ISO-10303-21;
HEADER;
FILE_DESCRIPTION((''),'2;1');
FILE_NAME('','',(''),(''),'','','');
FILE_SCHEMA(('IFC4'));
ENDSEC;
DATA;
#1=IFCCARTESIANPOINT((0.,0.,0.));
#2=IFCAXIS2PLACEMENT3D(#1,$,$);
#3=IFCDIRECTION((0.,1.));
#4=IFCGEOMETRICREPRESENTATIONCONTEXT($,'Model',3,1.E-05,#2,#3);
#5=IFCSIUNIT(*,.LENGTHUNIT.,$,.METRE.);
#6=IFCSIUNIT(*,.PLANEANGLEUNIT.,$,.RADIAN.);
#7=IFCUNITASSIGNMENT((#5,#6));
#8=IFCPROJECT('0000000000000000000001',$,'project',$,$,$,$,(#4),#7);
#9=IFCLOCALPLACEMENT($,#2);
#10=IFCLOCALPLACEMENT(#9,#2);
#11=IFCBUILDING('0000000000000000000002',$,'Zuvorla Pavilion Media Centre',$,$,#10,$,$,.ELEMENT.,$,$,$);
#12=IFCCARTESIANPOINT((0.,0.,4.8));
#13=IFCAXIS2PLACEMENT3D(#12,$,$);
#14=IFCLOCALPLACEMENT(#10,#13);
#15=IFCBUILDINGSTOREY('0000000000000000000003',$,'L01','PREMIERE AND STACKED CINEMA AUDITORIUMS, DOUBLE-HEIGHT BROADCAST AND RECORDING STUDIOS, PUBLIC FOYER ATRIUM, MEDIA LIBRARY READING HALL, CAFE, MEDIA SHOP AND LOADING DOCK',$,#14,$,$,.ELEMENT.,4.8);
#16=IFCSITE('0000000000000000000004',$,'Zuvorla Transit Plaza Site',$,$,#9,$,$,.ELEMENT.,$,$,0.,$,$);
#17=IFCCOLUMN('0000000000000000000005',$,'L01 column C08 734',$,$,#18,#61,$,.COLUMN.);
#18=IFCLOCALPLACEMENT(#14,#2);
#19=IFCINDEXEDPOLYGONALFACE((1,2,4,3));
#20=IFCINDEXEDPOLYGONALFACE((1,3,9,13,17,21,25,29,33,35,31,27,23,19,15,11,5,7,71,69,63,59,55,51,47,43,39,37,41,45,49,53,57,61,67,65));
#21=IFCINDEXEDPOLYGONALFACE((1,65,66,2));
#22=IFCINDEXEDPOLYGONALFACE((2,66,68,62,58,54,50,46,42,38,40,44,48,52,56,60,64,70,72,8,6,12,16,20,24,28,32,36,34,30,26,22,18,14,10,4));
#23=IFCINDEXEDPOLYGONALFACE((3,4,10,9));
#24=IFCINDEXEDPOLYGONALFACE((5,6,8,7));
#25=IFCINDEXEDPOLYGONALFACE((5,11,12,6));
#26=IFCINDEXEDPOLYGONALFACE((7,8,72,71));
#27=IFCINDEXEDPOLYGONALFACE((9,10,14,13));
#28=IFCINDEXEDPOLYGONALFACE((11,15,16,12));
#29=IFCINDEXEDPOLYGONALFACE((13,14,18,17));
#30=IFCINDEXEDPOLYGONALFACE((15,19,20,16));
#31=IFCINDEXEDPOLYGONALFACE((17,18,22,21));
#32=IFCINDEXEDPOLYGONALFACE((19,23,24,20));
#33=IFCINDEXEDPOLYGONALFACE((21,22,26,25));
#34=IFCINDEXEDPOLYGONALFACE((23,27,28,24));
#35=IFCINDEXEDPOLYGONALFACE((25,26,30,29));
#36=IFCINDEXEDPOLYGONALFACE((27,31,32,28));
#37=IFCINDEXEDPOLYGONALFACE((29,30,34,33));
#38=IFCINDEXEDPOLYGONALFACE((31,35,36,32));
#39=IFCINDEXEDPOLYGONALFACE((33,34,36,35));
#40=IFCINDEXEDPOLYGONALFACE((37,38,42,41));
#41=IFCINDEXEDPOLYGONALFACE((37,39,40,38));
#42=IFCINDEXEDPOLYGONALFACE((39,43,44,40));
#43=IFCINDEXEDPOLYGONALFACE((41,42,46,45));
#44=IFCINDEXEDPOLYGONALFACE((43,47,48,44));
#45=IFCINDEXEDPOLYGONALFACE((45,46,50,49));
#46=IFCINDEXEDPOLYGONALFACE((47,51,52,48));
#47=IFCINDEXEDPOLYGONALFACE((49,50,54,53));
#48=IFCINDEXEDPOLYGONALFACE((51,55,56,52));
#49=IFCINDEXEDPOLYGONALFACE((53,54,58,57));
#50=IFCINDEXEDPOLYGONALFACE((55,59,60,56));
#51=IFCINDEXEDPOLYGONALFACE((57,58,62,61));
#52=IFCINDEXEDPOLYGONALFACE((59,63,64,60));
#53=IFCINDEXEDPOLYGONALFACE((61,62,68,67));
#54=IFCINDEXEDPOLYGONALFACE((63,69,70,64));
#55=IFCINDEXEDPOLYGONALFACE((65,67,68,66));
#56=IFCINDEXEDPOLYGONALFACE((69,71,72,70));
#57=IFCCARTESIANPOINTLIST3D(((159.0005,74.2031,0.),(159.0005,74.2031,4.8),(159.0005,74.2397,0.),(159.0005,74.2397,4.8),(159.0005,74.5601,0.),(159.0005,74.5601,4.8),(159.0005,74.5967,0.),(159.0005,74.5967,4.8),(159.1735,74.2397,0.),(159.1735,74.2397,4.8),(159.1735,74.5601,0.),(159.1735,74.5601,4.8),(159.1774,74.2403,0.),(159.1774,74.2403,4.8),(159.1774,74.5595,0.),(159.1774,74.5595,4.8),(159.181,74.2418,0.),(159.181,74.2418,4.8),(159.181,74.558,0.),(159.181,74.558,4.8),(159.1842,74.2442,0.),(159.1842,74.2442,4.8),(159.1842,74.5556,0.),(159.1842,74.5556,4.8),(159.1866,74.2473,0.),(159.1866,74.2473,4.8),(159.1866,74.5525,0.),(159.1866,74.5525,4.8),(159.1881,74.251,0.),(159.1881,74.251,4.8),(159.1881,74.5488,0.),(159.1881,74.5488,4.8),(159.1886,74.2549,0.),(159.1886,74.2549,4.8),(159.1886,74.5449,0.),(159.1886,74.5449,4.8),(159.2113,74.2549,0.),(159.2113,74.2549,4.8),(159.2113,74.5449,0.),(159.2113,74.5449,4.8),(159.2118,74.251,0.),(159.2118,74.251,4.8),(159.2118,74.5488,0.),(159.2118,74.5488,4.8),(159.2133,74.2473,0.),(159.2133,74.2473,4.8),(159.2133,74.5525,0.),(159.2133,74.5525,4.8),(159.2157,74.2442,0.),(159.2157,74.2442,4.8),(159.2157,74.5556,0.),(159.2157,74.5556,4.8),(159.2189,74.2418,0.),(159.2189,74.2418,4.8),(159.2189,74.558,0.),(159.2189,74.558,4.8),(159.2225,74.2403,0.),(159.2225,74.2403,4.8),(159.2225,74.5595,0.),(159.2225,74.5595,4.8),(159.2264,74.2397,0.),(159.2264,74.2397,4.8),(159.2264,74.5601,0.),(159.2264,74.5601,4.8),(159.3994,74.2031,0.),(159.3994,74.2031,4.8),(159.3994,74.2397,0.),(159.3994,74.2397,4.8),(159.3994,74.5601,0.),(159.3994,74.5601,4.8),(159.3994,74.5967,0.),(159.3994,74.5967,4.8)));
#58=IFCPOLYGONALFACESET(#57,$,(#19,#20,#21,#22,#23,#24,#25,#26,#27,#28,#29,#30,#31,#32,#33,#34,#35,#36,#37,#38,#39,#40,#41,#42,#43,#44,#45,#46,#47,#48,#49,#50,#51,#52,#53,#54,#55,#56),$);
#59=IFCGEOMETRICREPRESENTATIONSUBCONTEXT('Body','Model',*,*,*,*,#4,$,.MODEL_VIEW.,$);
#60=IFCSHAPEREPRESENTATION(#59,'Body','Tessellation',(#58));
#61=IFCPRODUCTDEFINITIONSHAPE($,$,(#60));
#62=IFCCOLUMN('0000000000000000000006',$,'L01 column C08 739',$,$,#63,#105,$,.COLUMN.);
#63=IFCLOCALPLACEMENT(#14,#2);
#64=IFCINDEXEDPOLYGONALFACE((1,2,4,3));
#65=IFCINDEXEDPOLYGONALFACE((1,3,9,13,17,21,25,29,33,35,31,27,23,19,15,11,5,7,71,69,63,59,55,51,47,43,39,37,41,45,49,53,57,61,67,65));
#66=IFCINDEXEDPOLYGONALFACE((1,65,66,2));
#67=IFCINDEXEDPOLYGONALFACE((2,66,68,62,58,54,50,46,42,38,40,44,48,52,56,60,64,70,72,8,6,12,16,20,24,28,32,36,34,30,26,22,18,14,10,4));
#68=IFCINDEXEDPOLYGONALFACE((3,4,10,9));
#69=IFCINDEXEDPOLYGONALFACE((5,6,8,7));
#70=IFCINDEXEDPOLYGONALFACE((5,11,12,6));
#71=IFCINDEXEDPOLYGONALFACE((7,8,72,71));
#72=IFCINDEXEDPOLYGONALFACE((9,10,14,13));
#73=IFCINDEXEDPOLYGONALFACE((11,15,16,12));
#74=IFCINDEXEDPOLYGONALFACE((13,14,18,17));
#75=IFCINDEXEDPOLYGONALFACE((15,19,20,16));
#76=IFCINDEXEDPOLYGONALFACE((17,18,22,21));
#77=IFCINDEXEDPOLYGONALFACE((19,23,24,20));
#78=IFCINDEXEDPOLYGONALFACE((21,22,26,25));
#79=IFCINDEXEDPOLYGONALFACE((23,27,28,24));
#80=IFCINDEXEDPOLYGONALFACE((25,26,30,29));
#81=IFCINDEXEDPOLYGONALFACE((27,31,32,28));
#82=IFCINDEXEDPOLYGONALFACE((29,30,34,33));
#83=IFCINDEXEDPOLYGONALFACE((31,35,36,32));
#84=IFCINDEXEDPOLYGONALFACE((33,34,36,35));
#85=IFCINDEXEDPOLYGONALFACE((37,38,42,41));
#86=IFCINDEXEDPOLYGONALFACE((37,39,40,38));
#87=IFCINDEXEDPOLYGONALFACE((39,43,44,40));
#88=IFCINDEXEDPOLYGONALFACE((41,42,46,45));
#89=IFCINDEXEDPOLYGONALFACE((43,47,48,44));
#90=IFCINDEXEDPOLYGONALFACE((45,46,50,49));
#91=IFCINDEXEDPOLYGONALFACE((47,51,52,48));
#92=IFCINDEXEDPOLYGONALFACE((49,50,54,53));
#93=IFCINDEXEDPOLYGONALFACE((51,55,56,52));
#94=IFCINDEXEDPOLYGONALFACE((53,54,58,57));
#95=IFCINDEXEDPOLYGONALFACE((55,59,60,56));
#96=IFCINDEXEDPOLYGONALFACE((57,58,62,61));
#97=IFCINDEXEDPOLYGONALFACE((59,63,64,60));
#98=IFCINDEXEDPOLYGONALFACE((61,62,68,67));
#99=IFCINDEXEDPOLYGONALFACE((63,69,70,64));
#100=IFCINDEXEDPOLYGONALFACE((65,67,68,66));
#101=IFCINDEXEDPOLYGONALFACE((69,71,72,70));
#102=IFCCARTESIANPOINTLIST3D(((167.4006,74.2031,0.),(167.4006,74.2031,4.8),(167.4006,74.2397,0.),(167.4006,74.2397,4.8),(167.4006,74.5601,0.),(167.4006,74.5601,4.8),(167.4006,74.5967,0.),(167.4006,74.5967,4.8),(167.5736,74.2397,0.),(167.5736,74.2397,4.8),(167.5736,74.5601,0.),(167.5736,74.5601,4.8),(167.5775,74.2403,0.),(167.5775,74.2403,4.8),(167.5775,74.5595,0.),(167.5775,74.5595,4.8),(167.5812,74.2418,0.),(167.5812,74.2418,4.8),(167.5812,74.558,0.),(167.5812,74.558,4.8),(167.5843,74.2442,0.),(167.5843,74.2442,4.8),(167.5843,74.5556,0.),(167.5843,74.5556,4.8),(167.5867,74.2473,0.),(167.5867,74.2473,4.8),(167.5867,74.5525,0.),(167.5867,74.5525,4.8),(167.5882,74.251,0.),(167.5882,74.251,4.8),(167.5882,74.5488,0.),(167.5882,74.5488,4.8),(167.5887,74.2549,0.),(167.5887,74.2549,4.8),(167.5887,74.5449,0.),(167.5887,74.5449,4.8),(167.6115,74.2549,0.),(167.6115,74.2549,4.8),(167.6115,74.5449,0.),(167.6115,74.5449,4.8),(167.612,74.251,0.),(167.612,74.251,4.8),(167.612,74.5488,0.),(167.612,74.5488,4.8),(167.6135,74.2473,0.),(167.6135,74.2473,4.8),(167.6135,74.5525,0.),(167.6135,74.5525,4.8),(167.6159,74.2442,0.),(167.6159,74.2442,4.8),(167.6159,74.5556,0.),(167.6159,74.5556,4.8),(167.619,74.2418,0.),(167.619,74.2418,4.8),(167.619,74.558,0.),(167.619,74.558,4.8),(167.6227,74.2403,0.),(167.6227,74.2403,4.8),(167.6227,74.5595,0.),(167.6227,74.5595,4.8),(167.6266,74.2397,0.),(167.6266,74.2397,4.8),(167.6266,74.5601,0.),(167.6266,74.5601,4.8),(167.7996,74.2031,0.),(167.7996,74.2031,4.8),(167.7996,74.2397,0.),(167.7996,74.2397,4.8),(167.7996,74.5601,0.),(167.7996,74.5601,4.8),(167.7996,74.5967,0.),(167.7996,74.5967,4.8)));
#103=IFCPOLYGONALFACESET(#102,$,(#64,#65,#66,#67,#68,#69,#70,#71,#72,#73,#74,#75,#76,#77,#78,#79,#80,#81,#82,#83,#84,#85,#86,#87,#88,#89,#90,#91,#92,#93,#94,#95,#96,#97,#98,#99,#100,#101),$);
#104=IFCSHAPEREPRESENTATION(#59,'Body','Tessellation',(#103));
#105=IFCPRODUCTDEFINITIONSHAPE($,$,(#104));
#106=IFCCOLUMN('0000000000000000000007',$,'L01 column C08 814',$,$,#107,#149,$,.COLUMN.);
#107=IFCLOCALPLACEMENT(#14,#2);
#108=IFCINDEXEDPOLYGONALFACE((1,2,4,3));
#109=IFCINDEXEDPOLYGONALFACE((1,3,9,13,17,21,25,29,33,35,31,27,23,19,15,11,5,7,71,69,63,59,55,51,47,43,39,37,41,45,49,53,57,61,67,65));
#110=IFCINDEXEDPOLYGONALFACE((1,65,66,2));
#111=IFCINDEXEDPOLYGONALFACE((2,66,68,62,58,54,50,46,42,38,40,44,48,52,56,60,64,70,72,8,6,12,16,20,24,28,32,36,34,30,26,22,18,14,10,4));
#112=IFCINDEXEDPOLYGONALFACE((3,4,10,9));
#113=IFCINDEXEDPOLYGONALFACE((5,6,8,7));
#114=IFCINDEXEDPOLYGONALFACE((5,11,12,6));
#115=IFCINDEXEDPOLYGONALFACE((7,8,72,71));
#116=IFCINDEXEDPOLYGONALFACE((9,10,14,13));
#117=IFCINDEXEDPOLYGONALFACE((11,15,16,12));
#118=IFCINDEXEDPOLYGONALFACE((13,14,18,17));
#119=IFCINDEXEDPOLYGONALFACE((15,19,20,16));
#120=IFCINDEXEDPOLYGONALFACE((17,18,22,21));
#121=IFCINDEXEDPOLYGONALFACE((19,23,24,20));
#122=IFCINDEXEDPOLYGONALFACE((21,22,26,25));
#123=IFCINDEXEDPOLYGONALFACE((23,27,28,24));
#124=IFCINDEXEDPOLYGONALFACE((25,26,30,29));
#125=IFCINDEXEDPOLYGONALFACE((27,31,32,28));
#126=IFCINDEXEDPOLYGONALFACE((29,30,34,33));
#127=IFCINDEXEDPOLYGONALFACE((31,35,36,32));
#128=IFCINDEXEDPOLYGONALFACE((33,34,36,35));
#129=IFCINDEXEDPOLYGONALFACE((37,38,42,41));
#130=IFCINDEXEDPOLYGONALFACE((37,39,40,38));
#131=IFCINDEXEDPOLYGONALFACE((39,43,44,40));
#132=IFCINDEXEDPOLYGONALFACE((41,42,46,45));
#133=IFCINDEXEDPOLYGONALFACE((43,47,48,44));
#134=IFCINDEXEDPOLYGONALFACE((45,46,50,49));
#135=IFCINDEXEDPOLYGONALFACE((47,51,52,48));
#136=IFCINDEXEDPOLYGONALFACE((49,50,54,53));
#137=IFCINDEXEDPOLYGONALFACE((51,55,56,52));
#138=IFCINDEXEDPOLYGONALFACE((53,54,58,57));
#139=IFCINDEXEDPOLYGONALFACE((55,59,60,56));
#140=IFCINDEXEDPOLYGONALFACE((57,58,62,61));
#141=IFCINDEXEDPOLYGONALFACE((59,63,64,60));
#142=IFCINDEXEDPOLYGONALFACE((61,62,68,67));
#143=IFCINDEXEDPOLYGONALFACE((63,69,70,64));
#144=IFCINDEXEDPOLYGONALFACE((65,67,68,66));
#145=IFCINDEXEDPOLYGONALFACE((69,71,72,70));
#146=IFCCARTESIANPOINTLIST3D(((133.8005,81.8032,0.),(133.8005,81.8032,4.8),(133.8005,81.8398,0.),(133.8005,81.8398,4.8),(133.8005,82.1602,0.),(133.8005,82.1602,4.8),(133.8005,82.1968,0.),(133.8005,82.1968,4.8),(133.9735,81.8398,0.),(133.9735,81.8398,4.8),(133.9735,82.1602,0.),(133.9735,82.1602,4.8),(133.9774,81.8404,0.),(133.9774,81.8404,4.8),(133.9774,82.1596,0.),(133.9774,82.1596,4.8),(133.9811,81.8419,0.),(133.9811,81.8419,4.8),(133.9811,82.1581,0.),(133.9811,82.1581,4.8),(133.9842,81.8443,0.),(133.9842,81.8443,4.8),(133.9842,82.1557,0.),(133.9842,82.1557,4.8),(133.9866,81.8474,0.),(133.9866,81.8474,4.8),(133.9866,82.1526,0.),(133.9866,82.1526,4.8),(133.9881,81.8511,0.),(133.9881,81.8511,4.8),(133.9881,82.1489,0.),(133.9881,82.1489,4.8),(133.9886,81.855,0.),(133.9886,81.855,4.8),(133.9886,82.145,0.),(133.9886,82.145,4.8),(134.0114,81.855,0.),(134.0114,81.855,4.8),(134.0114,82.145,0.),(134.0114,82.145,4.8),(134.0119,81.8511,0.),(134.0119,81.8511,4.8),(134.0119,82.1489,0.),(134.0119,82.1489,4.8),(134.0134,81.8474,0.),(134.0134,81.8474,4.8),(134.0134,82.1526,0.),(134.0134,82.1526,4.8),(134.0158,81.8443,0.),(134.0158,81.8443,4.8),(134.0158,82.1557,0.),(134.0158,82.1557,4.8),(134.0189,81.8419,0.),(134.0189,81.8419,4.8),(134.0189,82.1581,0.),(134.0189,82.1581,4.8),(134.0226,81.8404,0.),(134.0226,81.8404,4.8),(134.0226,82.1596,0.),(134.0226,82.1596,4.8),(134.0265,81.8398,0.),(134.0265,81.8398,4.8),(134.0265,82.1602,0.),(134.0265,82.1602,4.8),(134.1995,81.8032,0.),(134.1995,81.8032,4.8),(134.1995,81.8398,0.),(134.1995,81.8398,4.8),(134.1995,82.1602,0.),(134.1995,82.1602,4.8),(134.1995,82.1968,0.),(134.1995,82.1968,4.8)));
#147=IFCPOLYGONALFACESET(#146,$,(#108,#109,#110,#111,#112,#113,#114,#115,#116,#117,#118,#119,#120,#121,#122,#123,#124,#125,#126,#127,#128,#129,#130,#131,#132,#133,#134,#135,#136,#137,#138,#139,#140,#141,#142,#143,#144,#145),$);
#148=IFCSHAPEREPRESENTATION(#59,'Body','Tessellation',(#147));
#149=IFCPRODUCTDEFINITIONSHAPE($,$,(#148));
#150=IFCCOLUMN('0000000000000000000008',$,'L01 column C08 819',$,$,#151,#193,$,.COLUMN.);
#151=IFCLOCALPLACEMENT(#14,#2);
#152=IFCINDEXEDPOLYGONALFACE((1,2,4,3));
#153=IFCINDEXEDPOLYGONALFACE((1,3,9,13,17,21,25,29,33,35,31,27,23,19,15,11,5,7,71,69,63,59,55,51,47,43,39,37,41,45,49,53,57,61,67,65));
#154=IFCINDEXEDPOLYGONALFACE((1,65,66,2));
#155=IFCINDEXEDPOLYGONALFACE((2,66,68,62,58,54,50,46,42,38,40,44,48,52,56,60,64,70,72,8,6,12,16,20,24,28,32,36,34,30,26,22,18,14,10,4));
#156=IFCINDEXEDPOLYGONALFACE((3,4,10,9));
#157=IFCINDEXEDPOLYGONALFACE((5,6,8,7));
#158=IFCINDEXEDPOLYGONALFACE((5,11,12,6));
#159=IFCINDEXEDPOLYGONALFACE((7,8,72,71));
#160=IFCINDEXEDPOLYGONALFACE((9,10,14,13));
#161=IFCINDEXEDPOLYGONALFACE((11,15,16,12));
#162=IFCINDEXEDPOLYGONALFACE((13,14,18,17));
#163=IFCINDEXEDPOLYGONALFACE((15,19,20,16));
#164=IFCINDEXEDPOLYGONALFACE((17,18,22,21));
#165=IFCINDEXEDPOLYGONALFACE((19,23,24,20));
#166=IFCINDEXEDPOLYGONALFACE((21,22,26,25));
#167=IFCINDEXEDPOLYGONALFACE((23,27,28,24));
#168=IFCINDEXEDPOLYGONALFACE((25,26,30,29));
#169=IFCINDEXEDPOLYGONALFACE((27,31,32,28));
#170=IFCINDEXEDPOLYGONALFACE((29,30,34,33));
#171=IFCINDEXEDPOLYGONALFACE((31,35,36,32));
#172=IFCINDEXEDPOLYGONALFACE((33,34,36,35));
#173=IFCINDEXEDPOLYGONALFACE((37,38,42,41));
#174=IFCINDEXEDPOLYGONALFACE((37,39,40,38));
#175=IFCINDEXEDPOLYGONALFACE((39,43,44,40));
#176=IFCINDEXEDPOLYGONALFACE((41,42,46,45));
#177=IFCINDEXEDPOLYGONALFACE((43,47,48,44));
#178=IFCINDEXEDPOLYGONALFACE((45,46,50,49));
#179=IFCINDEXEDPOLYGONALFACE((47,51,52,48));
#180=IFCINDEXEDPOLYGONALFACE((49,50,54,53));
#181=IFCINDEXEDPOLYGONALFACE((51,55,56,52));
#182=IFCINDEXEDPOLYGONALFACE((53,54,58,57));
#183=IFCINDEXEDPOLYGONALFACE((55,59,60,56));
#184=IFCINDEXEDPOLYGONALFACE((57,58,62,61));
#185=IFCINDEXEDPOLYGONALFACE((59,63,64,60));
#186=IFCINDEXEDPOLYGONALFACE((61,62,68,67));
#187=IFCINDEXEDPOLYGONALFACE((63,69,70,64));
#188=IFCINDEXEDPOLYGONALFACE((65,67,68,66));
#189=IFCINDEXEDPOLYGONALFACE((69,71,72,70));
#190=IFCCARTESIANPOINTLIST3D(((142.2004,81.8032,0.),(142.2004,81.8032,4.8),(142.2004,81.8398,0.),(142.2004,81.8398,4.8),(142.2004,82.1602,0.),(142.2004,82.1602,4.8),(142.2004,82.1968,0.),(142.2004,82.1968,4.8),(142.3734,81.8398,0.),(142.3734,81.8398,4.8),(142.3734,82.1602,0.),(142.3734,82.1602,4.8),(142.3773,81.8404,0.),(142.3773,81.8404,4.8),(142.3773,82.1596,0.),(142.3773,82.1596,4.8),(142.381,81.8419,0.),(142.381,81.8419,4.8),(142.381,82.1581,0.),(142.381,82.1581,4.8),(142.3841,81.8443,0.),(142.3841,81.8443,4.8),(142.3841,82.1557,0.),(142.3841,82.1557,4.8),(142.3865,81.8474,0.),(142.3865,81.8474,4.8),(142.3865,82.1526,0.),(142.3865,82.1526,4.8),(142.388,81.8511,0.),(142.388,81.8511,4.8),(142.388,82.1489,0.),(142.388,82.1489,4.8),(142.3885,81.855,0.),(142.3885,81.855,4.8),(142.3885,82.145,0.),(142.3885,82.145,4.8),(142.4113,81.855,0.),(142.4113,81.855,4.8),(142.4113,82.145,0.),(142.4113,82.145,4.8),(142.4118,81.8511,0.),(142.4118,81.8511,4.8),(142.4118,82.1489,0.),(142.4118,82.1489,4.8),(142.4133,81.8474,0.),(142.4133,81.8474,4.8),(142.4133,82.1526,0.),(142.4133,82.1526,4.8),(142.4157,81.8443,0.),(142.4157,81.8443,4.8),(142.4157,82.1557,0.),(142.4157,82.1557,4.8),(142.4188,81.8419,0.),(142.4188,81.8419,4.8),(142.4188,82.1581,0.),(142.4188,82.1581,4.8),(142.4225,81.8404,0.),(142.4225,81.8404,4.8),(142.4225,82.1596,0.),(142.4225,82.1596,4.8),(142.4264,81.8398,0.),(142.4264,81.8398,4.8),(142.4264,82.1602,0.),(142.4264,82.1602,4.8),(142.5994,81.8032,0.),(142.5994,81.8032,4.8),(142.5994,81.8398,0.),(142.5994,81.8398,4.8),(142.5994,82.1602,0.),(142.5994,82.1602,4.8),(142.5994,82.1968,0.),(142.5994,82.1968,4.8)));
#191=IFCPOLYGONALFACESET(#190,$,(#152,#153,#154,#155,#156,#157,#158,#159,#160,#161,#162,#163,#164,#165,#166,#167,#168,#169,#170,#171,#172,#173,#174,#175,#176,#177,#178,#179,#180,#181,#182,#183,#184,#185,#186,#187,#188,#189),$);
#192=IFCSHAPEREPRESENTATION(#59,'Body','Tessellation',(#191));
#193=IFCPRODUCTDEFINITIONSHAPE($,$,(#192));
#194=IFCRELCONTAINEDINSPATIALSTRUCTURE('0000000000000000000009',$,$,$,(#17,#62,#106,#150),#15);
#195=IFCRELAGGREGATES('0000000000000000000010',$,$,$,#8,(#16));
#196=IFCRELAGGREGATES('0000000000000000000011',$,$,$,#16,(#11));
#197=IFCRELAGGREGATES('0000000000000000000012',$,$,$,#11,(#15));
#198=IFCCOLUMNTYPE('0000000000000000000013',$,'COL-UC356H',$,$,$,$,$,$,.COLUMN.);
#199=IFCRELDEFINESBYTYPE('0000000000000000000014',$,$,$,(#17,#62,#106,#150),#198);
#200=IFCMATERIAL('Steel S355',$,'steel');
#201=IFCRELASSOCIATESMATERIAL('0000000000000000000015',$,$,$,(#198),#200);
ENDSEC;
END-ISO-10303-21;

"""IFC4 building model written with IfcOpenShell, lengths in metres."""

from ifc_helpers import new_model, si_unit, direction, frame, origin, origin_2d, place, context, subcontext, project, spatial, i_section, extrude, material, material_profile, profile_set, type_object, element, save


model = new_model("IFC4")

# Units and contexts
model_context = context("Model", 3, precision=1e-05, world=origin(), true_north=direction((0.0, 1.0)))
body_context = subcontext(model_context, "Body", "Model", "MODEL_VIEW")
ifc_project = project(units=[si_unit("LENGTHUNIT", "METRE"), si_unit("PLANEANGLEUNIT", "RADIAN")], contexts=[model_context])

# Site, building, storey
site_placement = place(None, origin())
site = spatial("IfcSite", under=ifc_project, at=site_placement, Name="Zuvorla Transit Plaza Site", CompositionType="ELEMENT", RefElevation=0.0)
building_placement = place(site_placement, origin())
building = spatial("IfcBuilding", under=site, at=building_placement, Name="Zuvorla Pavilion Media Centre", CompositionType="ELEMENT")
storey_placement = place(building_placement, frame((0.0, 0.0, 4.8)))
storey = spatial("IfcBuildingStorey", under=building, at=storey_placement, Name="L01", Description="PREMIERE AND STACKED CINEMA AUDITORIUMS, DOUBLE-HEIGHT BROADCAST AND RECORDING STUDIOS, PUBLIC FOYER ATRIUM, MEDIA LIBRARY READING HALL, CAFE, MEDIA SHOP AND LOADING DOCK", CompositionType="ELEMENT", Elevation=4.8)

# Columns
ifc_material_1 = material(Name="Steel S355", Category="steel")
ifc_material_profile_1 = material_profile(ifc_material_1, i_section(OverallWidth=0.3989, OverallDepth=0.3936, WebThickness=0.0227, FlangeThickness=0.0366, FilletRadius=0.0151, at=origin_2d()), Name="UC 356x406x287")
ifc_profile_set_1 = profile_set([ifc_material_profile_1], Name="Steel S355")
column_type = type_object("IfcColumnType", Name="COL-UC356H", PredefinedType="COLUMN", material=ifc_profile_set_1)
for number, where, z_axis, x_axis, name in (
    (1, (159.2, 74.3999, 0.0), (0.0, 0.0, 1.0), (1.0, 0.0, 0.0), "L01 column C08 734"),
    (2, (167.6001, 74.3999, 0.0), (0.0, 0.0, 1.0), (1.0, 0.0, 0.0), "L01 column C08 739"),
    (3, (134.0, 82.0, 0.0), (0.0, 0.0, 1.0), (1.0, 0.0, 0.0), "L01 column C08 814"),
    (4, (142.3999, 82.0, 0.0), (0.0, 0.0, 1.0), (1.0, 0.0, 0.0), "L01 column C08 819"),
):
    element("IfcColumn", number, at=place(storey_placement, frame(where, z_axis=z_axis, x_axis=x_axis)), inside=storey, type_object=column_type, Name=name, PredefinedType="COLUMN", context=body_context, shape_type="SweptSolid", body=[
        extrude(i_section(OverallWidth=0.3989, OverallDepth=0.3936, WebThickness=0.0227, FlangeThickness=0.0366, FilletRadius=0.0151, at=origin_2d()), origin(), (0.0, 0.0, 1.0), 4.8),
    ])

save(model, "model.ifc")
